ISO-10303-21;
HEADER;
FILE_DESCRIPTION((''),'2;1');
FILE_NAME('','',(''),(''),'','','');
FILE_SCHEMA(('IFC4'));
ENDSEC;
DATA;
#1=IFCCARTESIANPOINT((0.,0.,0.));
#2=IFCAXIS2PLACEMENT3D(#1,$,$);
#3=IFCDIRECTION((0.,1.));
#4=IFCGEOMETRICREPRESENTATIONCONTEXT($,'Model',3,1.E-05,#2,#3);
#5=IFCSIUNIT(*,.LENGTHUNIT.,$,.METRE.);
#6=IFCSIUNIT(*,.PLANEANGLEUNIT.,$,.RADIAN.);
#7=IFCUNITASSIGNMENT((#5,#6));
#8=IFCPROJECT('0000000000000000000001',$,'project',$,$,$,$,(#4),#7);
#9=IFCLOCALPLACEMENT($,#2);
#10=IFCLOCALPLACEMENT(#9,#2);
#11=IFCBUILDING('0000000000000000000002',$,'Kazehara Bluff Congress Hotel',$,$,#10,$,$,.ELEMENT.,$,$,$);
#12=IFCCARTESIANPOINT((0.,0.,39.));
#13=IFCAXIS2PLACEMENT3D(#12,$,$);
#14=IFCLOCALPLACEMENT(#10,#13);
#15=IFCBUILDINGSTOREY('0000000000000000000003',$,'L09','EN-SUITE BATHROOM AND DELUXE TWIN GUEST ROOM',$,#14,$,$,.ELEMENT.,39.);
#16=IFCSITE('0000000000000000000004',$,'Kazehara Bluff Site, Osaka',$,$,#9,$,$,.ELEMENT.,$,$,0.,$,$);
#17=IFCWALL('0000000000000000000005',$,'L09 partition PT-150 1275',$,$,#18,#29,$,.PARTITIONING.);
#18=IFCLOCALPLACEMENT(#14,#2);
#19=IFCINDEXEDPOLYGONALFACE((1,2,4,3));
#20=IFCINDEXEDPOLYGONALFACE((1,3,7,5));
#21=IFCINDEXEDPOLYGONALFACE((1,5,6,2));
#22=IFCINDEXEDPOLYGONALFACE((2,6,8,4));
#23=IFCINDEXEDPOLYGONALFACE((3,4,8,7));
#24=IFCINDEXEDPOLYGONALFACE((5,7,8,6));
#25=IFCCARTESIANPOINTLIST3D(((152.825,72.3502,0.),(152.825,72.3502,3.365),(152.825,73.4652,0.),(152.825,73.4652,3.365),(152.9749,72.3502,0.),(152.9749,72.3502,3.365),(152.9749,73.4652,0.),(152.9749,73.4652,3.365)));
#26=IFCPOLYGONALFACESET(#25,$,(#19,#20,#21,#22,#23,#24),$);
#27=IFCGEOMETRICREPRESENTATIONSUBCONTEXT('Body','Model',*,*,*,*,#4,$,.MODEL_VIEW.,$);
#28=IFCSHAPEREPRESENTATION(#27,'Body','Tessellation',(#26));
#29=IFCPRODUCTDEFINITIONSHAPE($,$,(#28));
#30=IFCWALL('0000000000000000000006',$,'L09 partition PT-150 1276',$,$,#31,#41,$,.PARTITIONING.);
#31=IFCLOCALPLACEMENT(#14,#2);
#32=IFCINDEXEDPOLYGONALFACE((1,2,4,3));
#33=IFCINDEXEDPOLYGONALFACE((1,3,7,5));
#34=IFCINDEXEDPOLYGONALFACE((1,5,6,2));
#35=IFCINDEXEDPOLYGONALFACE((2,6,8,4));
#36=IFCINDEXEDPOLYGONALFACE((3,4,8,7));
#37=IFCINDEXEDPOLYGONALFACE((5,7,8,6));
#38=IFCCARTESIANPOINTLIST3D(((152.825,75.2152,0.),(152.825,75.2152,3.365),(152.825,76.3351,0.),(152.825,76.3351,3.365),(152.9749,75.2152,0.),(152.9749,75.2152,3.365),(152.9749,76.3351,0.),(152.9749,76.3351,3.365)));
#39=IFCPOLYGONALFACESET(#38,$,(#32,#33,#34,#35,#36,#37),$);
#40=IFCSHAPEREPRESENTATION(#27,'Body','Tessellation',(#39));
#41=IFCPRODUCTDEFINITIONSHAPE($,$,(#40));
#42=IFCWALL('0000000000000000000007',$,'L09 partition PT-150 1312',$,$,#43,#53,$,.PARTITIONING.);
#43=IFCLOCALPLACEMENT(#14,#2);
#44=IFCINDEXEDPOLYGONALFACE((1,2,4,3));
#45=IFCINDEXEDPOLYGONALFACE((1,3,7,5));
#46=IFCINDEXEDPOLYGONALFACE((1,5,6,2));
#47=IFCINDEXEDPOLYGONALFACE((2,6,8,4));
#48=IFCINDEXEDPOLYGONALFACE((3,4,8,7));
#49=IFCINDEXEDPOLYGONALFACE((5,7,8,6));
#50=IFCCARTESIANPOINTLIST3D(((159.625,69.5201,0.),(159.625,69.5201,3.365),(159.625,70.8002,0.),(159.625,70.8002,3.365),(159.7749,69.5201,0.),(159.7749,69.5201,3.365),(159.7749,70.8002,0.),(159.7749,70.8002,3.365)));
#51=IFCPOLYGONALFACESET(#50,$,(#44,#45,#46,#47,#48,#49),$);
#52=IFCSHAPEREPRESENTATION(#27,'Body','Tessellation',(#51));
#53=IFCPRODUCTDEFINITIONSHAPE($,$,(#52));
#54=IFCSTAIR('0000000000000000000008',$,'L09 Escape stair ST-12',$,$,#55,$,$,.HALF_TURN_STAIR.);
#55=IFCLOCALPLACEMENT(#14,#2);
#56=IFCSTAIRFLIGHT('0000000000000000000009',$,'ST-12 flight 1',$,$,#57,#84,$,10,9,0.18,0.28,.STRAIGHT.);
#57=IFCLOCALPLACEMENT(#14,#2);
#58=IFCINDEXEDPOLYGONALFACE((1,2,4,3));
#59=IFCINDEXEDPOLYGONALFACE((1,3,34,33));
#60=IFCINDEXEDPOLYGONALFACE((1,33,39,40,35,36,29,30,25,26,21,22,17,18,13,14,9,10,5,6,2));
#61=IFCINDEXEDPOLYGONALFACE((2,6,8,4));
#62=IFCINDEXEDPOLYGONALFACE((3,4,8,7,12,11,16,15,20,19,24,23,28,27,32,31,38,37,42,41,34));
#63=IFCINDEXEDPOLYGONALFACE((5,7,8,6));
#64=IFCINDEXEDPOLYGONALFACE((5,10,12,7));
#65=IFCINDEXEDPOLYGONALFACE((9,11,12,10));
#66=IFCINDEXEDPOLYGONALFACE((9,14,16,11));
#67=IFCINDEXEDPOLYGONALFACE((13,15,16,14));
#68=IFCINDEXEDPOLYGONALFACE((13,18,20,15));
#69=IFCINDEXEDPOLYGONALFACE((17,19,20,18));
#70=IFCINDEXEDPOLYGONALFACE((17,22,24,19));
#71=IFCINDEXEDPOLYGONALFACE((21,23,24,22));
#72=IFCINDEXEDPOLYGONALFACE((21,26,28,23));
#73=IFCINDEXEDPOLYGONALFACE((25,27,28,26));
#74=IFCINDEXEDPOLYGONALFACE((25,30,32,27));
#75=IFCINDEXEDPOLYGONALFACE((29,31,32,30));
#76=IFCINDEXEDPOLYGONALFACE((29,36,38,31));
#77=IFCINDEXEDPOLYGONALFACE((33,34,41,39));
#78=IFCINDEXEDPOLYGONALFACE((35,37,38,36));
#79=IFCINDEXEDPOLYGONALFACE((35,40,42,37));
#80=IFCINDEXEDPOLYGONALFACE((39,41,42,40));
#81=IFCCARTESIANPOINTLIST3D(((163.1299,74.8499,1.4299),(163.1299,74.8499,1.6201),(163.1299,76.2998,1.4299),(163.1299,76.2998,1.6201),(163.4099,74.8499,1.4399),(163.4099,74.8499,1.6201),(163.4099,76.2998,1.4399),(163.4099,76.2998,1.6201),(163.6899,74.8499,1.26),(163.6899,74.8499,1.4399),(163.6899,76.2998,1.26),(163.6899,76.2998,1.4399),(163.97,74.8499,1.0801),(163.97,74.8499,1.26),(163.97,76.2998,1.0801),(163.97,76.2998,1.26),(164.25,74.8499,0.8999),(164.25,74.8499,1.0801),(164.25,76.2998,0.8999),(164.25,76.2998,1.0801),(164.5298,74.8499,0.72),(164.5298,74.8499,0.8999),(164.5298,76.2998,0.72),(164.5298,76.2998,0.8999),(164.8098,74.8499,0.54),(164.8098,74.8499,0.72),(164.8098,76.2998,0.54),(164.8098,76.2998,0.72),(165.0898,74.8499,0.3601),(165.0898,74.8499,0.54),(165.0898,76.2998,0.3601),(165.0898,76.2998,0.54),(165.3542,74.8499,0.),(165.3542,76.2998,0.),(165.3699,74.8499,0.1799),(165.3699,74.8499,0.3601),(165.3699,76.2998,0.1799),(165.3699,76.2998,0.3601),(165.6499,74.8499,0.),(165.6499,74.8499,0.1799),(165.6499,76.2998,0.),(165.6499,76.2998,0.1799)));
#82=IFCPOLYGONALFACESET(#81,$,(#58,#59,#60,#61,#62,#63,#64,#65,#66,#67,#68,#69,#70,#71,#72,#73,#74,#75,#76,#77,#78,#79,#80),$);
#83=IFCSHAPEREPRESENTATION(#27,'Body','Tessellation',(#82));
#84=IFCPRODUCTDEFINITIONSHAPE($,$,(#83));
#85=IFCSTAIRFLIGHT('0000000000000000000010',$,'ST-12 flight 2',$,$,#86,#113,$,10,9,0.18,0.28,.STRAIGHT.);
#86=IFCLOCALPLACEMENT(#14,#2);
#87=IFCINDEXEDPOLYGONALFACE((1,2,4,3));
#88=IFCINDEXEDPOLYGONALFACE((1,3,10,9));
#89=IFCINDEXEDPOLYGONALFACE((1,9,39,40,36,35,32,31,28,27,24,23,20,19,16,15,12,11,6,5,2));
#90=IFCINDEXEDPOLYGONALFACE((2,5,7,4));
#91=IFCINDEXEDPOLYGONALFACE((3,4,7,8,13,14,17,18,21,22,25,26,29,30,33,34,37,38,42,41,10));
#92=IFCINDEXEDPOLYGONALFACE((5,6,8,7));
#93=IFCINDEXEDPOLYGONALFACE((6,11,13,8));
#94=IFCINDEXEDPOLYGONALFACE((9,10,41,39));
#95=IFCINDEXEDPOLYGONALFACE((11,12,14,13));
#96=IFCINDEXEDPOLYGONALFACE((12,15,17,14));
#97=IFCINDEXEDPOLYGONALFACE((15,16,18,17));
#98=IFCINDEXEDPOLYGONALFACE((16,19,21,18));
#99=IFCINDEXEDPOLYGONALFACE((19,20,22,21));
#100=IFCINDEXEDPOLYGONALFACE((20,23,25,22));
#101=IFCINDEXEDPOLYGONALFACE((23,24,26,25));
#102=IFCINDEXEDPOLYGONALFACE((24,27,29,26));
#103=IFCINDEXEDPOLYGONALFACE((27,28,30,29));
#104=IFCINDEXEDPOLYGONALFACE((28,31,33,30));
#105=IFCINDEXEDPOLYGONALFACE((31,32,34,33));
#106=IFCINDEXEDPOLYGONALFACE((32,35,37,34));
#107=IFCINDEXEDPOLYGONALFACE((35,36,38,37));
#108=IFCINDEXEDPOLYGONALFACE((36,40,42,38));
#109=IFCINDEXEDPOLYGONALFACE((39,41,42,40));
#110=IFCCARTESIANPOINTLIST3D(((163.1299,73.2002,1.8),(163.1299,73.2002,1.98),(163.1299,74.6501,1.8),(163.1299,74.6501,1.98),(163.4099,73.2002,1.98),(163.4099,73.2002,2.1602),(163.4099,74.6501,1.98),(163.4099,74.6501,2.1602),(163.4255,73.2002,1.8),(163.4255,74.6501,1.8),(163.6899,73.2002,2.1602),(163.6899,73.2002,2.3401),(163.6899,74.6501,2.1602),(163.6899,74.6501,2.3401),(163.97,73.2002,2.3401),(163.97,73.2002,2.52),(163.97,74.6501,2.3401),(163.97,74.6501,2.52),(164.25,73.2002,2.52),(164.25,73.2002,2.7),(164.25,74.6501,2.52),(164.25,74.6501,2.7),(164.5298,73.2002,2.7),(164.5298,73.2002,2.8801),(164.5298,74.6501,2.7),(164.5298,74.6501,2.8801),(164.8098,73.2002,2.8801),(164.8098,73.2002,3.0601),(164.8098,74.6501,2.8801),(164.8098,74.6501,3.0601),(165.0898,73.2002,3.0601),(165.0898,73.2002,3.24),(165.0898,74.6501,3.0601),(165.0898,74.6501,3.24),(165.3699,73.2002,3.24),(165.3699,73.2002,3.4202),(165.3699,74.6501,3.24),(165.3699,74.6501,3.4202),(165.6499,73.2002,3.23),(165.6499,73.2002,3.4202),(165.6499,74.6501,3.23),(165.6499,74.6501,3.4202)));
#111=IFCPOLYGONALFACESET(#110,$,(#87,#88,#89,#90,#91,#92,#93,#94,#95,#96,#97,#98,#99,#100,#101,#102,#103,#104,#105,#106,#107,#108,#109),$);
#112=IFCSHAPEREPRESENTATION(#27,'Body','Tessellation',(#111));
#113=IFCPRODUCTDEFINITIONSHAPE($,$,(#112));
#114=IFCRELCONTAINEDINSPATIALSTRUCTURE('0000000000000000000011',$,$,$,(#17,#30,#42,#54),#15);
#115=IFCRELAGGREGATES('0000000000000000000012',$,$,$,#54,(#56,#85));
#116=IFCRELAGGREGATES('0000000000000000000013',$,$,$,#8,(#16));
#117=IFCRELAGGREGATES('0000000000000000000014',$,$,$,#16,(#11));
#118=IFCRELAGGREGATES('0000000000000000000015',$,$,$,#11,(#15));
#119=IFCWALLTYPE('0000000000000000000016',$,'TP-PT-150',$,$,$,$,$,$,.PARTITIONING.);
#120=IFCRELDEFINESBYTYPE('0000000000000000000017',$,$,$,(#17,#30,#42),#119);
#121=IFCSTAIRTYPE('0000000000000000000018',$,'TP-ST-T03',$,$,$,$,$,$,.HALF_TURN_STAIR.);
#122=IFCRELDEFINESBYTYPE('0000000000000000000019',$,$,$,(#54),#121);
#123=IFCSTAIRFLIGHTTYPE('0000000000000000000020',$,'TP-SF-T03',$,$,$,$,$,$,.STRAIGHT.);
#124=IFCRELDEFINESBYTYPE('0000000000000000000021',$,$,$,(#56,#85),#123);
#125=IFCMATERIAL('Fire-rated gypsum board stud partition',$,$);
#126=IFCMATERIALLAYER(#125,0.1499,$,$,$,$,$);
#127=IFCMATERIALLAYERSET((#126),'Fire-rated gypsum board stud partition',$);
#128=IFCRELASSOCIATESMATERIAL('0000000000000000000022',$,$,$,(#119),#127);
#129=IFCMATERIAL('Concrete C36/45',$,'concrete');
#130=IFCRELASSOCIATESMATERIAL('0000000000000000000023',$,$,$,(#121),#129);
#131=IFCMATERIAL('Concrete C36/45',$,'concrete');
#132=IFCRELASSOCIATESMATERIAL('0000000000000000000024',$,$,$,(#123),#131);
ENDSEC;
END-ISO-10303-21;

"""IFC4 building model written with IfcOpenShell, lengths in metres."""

from ifc_helpers import new_model, si_unit, direction, frame, frame_2d, origin, place, context, subcontext, project, spatial, polyline, rectangle, outline, extrude, material, layer, layer_set, type_object, element, aggregate, save


model = new_model("IFC4")

# Units and contexts
model_context = context("Model", 3, precision=1e-05, world=origin(), true_north=direction((0.0, 1.0)))
body_context = subcontext(model_context, "Body", "Model", "MODEL_VIEW")
ifc_project = project(units=[si_unit("LENGTHUNIT", "METRE"), si_unit("PLANEANGLEUNIT", "RADIAN")], contexts=[model_context])

# Site, building, storey
site_placement = place(None, origin())
site = spatial("IfcSite", under=ifc_project, at=site_placement, Name="Kazehara Bluff Site, Osaka", CompositionType="ELEMENT", RefElevation=0.0)
building_placement = place(site_placement, origin())
building = spatial("IfcBuilding", under=site, at=building_placement, Name="Kazehara Bluff Congress Hotel", CompositionType="ELEMENT")
storey_placement = place(building_placement, frame((0.0, 0.0, 39.0)))
storey = spatial("IfcBuildingStorey", under=building, at=storey_placement, Name="L09", Description="EN-SUITE BATHROOM AND DELUXE TWIN GUEST ROOM", CompositionType="ELEMENT", Elevation=39.0)

# Shared definitions
ifc_material_1 = material(Name="Fire-rated gypsum board stud partition")
ifc_layer_1 = layer(ifc_material_1, 0.1499)
ifc_layer_set_1 = layer_set([ifc_layer_1], Name="Fire-rated gypsum board stud partition")
wall_type_1 = type_object("IfcWallType", Name="TP-PT-150", PredefinedType="PARTITIONING", material=ifc_layer_set_1)

# Walls
wall_1_placement = place(storey_placement, frame((152.8999, 72.3501, 0.0), z_axis=(0.0, 0.0, 1.0), x_axis=(0.0, 1.0, 0.0)))
element("IfcWall", 1, at=wall_1_placement, inside=storey, type_object=wall_type_1, Name="L09 partition PT-150 1275", PredefinedType="PARTITIONING", context=body_context, shape_type="SweptSolid", body=[
    extrude(rectangle(XDim=1.115, YDim=0.1499, at=frame_2d((0.5576, 0.0))), origin(), (0.0, 0.0, 1.0), 3.365),
])
wall_2_placement = place(storey_placement, frame((152.8999, 75.2151, 0.0), z_axis=(0.0, 0.0, 1.0), x_axis=(0.0, 1.0, 0.0)))
element("IfcWall", 2, at=wall_2_placement, inside=storey, type_object=wall_type_1, Name="L09 partition PT-150 1276", PredefinedType="PARTITIONING", context=body_context, shape_type="SweptSolid", body=[
    extrude(rectangle(XDim=1.1199, YDim=0.1499, at=frame_2d((0.5601, 0.0))), origin(), (0.0, 0.0, 1.0), 3.365),
])
wall_3_placement = place(storey_placement, frame((159.7, 69.52, 0.0), z_axis=(0.0, 0.0, 1.0), x_axis=(0.0, 1.0, 0.0)))
element("IfcWall", 3, at=wall_3_placement, inside=storey, type_object=wall_type_1, Name="L09 partition PT-150 1312", PredefinedType="PARTITIONING", context=body_context, shape_type="SweptSolid", body=[
    extrude(rectangle(XDim=1.28, YDim=0.1499, at=frame_2d((0.6401, 0.0))), origin(), (0.0, 0.0, 1.0), 3.365),
])

# Stair, stair flights
ifc_material_2 = material(Name="Concrete C36/45", Category="concrete")
stair_type = type_object("IfcStairType", Name="TP-ST-T03", PredefinedType="HALF_TURN_STAIR", material=ifc_material_2)
stair_placement = place(storey_placement, origin())
stair = element("IfcStair", 4, at=stair_placement, inside=storey, type_object=stair_type, Name="L09 Escape stair ST-12", PredefinedType="HALF_TURN_STAIR")
ifc_material_3 = material(Name="Concrete C36/45", Category="concrete")
stair_flight_type = type_object("IfcStairFlightType", Name="TP-SF-T03", PredefinedType="STRAIGHT", material=ifc_material_3)
stair_flight_1_placement = place(storey_placement, frame((165.6499, 75.575, 0.0), z_axis=(0.0, 0.0, 1.0), x_axis=(-1.0, 0.0, 0.0)))
stair_flight_1 = element("IfcStairFlight", 5, at=stair_flight_1_placement, type_object=stair_flight_type, Name="ST-12 flight 1", NumberOfRisers=10, NumberOfTreads=9, PredefinedType="STRAIGHT", RiserHeight=0.18, TreadLength=0.28, context=body_context, shape_type="SweptSolid", body=[
    extrude(outline(polyline([(0.0, 0.0), (0.0, 0.1799), (0.28, 0.1799), (0.28, 0.3601), (0.5601, 0.3601), (0.5601, 0.54), (0.8401, 0.54), (0.8401, 0.72), (1.1201, 0.72), (1.1201, 0.8999), (1.3999, 0.8999), (1.3999, 1.0801), (1.6799, 1.0801), (1.6799, 1.26), (1.96, 1.26), (1.96, 1.4399), (2.24, 1.4399), (2.24, 1.6201), (2.52, 1.6201), (2.52, 1.8), (2.52, 1.4299), (0.2957, 0.0), (0.0, 0.0)])), frame((0.0, 0.7251, 0.0), z_axis=(0.0, -1.0, 0.0), x_axis=(1.0, 0.0, 0.0)), (0.0, 0.0, 1.0), 1.45),
])
stair_flight_2_placement = place(storey_placement, frame((163.1299, 73.925, 1.8), z_axis=(0.0, 0.0, 1.0), x_axis=(1.0, 0.0, 0.0)))
stair_flight_2 = element("IfcStairFlight", 6, at=stair_flight_2_placement, type_object=stair_flight_type, Name="ST-12 flight 2", NumberOfRisers=10, NumberOfTreads=9, PredefinedType="STRAIGHT", RiserHeight=0.18, TreadLength=0.28, context=body_context, shape_type="SweptSolid", body=[
    extrude(outline(polyline([(0.0, 0.0), (0.0, 0.1799), (0.28, 0.1799), (0.28, 0.3601), (0.5601, 0.3601), (0.5601, 0.54), (0.8401, 0.54), (0.8401, 0.72), (1.1201, 0.72), (1.1201, 0.8999), (1.3999, 0.8999), (1.3999, 1.0801), (1.6799, 1.0801), (1.6799, 1.26), (1.96, 1.26), (1.96, 1.4399), (2.24, 1.4399), (2.24, 1.6201), (2.52, 1.6201), (2.52, 1.8), (2.52, 1.4299), (0.2957, 0.0), (0.0, 0.0)])), frame((0.0, 0.7251, 0.0), z_axis=(0.0, -1.0, 0.0), x_axis=(1.0, 0.0, 0.0)), (0.0, 0.0, 1.0), 1.45),
])
aggregate(stair, [stair_flight_1, stair_flight_2])

save(model, "model.ifc")
